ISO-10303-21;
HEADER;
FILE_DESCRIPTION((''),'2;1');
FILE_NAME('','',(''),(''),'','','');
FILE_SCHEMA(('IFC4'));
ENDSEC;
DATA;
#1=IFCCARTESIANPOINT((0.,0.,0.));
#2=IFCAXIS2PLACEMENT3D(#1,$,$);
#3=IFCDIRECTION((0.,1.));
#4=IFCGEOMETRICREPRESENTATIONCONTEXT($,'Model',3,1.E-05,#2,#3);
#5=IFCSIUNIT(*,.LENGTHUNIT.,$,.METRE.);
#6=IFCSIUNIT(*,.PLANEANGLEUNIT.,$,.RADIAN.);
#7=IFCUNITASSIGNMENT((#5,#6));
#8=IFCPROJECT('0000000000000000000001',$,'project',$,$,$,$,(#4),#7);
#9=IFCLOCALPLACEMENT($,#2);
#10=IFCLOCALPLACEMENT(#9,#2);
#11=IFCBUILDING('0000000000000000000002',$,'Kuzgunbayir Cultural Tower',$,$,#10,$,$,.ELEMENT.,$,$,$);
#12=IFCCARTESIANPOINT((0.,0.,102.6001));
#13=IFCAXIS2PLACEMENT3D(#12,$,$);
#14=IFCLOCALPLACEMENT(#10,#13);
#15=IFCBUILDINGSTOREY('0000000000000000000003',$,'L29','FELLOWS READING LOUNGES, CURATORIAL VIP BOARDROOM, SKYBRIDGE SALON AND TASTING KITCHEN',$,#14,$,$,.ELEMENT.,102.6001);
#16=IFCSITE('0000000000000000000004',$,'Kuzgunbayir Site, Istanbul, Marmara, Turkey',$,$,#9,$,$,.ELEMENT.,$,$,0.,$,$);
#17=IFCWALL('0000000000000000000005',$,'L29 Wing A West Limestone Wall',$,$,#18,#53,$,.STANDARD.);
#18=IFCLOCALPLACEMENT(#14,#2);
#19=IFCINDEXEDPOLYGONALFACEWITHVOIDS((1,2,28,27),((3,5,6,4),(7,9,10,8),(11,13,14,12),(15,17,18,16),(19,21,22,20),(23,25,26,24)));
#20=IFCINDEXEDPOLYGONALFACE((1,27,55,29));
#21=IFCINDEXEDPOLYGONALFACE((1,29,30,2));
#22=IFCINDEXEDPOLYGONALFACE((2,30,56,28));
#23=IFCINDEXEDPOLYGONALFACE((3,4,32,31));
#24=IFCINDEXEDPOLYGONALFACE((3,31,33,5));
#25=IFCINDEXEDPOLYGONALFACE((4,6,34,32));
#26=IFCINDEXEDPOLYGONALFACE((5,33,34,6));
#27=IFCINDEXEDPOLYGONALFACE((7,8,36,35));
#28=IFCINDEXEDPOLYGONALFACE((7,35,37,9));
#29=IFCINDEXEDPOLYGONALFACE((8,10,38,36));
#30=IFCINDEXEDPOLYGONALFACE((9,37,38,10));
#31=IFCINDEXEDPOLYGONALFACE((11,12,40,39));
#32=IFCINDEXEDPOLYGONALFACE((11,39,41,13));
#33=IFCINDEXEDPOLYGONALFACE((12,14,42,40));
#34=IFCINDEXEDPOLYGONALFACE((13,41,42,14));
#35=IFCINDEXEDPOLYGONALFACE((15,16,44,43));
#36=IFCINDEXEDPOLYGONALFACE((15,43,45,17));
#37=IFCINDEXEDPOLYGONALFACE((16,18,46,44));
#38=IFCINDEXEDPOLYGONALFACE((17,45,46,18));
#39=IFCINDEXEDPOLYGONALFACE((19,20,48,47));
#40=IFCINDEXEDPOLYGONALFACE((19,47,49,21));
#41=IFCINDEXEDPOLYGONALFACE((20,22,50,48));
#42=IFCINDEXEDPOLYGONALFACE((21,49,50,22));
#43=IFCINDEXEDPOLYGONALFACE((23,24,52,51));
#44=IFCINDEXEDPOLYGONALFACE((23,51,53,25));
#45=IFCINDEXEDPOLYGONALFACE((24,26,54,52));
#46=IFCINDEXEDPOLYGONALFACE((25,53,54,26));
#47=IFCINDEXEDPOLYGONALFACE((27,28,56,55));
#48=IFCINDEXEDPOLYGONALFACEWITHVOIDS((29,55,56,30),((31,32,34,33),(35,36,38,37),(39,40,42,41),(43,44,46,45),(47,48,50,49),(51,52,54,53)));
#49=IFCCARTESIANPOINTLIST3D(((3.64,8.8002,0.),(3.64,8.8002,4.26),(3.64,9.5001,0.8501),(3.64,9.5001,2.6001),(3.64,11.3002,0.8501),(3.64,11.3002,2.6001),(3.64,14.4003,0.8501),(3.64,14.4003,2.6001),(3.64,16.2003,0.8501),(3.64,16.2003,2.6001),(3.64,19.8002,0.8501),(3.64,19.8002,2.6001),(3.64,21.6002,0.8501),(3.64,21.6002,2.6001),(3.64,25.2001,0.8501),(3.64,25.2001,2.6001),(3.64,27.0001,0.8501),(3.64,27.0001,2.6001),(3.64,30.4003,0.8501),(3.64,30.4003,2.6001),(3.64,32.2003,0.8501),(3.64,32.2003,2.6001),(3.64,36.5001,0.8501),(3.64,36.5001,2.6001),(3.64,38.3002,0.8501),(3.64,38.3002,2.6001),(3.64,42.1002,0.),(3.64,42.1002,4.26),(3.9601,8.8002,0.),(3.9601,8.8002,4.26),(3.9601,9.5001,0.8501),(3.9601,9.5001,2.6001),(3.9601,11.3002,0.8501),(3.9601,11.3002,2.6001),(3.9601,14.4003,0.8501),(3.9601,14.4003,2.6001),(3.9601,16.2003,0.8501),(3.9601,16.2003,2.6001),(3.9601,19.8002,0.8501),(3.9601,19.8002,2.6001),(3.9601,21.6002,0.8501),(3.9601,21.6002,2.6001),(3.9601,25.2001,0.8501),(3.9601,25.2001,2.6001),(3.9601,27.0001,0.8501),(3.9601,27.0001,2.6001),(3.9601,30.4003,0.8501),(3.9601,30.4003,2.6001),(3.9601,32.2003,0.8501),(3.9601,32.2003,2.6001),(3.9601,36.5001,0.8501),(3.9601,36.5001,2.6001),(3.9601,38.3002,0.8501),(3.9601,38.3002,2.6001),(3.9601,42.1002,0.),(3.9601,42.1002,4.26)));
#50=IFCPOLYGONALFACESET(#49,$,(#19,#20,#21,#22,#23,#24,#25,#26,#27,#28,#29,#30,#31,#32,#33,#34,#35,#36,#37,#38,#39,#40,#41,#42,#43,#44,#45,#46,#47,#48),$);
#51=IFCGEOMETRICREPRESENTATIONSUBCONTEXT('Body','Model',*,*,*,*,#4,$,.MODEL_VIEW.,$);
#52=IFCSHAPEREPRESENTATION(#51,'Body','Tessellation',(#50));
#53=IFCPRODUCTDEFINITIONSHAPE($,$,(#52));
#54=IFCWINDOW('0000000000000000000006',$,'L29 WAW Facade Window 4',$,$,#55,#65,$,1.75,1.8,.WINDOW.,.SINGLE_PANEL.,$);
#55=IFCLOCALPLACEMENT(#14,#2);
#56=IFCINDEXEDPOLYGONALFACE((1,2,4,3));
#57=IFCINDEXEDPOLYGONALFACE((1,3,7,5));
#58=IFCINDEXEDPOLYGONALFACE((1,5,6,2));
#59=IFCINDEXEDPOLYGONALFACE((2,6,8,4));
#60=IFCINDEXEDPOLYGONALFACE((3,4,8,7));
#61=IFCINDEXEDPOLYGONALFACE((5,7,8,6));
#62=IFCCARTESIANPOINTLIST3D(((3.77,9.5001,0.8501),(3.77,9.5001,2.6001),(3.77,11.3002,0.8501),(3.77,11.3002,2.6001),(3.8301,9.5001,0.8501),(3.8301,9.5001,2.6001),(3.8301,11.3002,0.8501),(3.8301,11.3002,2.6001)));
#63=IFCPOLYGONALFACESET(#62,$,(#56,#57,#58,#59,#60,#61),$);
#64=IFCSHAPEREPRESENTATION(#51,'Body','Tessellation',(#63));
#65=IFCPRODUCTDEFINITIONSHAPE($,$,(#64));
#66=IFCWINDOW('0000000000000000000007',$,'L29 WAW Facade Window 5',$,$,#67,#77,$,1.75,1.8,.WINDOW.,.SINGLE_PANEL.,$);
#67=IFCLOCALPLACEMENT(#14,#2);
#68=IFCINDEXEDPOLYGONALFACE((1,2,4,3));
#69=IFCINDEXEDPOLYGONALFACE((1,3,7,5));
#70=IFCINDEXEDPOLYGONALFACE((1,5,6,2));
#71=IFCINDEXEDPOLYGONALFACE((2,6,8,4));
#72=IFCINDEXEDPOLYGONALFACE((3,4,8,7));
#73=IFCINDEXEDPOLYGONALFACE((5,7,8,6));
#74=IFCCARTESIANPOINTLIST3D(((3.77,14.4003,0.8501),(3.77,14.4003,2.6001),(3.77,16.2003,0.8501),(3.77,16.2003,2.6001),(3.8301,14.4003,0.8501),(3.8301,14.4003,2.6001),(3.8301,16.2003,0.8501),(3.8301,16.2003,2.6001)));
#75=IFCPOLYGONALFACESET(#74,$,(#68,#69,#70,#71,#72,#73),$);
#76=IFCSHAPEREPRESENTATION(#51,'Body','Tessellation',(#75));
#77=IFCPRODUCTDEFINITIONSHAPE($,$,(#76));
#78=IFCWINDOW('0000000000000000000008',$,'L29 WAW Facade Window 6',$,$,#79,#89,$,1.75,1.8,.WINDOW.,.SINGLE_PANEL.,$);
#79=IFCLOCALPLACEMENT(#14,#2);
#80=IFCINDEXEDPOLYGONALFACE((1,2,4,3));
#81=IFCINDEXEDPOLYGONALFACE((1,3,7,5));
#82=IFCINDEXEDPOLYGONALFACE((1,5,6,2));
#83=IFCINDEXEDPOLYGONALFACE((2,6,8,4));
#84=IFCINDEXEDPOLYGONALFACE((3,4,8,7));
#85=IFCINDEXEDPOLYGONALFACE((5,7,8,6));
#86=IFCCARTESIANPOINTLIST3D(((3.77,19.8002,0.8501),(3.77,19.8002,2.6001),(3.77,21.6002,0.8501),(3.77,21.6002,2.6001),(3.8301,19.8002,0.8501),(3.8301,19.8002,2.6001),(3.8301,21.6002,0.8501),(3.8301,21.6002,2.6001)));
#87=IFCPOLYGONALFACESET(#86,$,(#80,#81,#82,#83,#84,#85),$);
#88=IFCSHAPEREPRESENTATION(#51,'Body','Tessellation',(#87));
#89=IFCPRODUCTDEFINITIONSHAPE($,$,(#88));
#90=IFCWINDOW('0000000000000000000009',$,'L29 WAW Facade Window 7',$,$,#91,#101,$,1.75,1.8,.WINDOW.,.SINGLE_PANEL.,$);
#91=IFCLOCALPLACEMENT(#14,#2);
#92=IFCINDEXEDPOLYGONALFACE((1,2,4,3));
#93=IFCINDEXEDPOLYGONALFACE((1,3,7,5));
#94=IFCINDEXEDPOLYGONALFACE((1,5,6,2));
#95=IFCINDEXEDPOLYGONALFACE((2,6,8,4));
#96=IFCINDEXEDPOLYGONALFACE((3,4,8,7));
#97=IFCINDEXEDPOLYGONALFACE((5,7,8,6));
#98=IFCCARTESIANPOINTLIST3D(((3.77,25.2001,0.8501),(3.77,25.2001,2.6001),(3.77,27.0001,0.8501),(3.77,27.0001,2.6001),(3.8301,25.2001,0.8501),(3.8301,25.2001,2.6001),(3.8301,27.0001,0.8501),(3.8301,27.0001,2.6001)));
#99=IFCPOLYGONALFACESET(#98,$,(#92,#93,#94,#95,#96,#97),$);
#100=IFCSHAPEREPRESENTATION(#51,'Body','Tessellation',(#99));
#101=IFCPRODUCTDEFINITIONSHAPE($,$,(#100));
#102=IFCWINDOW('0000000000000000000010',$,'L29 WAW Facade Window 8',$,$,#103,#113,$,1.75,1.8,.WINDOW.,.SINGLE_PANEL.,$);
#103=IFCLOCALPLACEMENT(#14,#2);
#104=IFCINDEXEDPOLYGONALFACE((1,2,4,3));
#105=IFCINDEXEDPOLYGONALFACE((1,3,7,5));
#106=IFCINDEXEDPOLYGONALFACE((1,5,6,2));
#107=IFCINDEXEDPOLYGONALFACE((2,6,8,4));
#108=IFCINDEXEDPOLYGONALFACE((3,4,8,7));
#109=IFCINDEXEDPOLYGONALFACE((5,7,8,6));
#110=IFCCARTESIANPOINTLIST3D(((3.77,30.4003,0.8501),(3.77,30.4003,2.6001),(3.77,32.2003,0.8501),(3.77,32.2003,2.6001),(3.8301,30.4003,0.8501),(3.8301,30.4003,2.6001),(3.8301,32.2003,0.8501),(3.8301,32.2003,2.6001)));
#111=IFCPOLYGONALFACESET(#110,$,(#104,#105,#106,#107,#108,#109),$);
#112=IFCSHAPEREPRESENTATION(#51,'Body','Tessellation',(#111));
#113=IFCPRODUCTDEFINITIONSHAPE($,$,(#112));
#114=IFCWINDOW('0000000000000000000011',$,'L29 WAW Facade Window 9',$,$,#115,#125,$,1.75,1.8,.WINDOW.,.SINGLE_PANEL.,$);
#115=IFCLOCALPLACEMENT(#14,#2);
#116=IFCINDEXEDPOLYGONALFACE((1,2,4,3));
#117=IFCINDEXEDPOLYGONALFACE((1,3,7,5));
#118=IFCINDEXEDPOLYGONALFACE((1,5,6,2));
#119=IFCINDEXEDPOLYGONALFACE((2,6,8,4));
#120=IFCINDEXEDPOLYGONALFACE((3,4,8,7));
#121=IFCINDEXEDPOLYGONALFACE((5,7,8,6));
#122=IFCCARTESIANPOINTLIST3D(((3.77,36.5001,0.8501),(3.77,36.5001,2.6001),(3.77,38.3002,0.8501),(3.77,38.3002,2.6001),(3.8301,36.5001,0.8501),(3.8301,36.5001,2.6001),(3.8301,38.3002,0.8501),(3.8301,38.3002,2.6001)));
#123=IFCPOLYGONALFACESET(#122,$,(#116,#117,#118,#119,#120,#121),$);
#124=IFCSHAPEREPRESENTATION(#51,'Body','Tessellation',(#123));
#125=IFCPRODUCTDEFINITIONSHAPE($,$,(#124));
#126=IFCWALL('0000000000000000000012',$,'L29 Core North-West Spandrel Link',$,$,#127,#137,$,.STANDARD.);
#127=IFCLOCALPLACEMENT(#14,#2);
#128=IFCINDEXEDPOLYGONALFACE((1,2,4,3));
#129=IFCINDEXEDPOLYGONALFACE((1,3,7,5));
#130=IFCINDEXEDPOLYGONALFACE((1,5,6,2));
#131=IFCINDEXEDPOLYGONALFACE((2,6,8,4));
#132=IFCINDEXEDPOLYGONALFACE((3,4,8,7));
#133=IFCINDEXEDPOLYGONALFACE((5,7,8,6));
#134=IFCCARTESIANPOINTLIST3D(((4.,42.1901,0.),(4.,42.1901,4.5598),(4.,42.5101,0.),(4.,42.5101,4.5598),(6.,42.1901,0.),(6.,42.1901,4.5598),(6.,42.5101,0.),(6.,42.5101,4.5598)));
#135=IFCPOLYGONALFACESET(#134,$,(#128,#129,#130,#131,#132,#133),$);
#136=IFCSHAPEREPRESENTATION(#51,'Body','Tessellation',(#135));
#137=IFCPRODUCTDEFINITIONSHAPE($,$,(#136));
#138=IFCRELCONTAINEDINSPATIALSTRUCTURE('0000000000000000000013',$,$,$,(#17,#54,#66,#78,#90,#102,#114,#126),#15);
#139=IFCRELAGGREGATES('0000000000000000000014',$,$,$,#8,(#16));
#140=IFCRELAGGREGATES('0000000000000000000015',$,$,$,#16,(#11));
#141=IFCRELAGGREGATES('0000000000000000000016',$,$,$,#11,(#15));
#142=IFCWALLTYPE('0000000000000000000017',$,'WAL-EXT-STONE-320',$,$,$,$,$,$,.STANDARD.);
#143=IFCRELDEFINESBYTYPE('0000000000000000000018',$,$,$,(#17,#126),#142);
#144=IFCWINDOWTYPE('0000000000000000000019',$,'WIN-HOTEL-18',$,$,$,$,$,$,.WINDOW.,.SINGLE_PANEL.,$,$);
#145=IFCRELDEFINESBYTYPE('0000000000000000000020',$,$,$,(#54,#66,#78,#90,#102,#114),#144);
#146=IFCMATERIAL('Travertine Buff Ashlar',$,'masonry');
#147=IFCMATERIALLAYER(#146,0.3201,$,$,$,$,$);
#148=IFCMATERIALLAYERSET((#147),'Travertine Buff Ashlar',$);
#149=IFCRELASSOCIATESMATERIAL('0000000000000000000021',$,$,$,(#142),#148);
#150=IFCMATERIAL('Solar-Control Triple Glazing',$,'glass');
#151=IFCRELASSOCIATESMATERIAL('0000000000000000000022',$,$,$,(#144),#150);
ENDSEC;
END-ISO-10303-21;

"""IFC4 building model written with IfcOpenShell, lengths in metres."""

from ifc_helpers import new_model, si_unit, direction, frame, frame_2d, origin, place, context, subcontext, project, spatial, rectangle, extrude, material, layer, layer_set, type_object, element, fill, save


model = new_model("IFC4")

# Units and contexts
model_context = context("Model", 3, precision=1e-05, world=origin(), true_north=direction((0.0, 1.0)))
body_context = subcontext(model_context, "Body", "Model", "MODEL_VIEW")
ifc_project = project(units=[si_unit("LENGTHUNIT", "METRE"), si_unit("PLANEANGLEUNIT", "RADIAN")], contexts=[model_context])

# Site, building, storey
site_placement = place(None, origin())
site = spatial("IfcSite", under=ifc_project, at=site_placement, Name="Kuzgunbayir Site, Istanbul, Marmara, Turkey", CompositionType="ELEMENT", RefElevation=0.0)
building_placement = place(site_placement, origin())
building = spatial("IfcBuilding", under=site, at=building_placement, Name="Kuzgunbayir Cultural Tower", CompositionType="ELEMENT")
storey_placement = place(building_placement, frame((0.0, 0.0, 102.6001)))
storey = spatial("IfcBuildingStorey", under=building, at=storey_placement, Name="L29", Description="FELLOWS READING LOUNGES, CURATORIAL VIP BOARDROOM, SKYBRIDGE SALON AND TASTING KITCHEN", CompositionType="ELEMENT", Elevation=102.6001)

# Wall, openings, windows
ifc_material_1 = material(Name="Travertine Buff Ashlar", Category="masonry")
ifc_layer_1 = layer(ifc_material_1, 0.3201)
ifc_layer_set_1 = layer_set([ifc_layer_1], Name="Travertine Buff Ashlar")
wall_type_1 = type_object("IfcWallType", Name="WAL-EXT-STONE-320", PredefinedType="STANDARD", material=ifc_layer_set_1)
wall_1_placement = place(storey_placement, frame((3.8, 42.1001, 0.0), z_axis=(0.0, 0.0, 1.0), x_axis=(0.0, -1.0, 0.0)))
wall_1 = element("IfcWall", 1, at=wall_1_placement, inside=storey, type_object=wall_type_1, Name="L29 Wing A West Limestone Wall", PredefinedType="STANDARD", context=body_context, shape_type="SweptSolid", body=[
    extrude(rectangle(XDim=33.3, YDim=0.3201, at=frame_2d((16.6499, 0.0))), origin(), (0.0, 0.0, 1.0), 4.26),
])
opening_1_placement = place(wall_1_placement, frame((30.8, 0.0, 0.8501)))
opening_1 = element("IfcOpeningElement", 2, at=opening_1_placement, cuts=wall_1, PredefinedType="OPENING", context=body_context, shape_type="SweptSolid", body=[
    extrude(rectangle(XDim=1.8, YDim=1.75, at=frame_2d((0.8999, 0.875))), frame((0.0, 0.1699, 0.0), z_axis=(0.0, -1.0, 0.0), x_axis=(1.0, 0.0, 0.0)), (0.0, 0.0, 1.0), 0.3401),
])
opening_2_placement = place(wall_1_placement, frame((25.8999, 0.0, 0.8501)))
opening_2 = element("IfcOpeningElement", 3, at=opening_2_placement, cuts=wall_1, PredefinedType="OPENING", context=body_context, shape_type="SweptSolid", body=[
    extrude(rectangle(XDim=1.8, YDim=1.75, at=frame_2d((0.8999, 0.875))), frame((0.0, 0.1699, 0.0), z_axis=(0.0, -1.0, 0.0), x_axis=(1.0, 0.0, 0.0)), (0.0, 0.0, 1.0), 0.3401),
])
opening_3_placement = place(wall_1_placement, frame((20.5, 0.0, 0.8501)))
opening_3 = element("IfcOpeningElement", 4, at=opening_3_placement, cuts=wall_1, PredefinedType="OPENING", context=body_context, shape_type="SweptSolid", body=[
    extrude(rectangle(XDim=1.8, YDim=1.75, at=frame_2d((0.8999, 0.875))), frame((0.0, 0.1699, 0.0), z_axis=(0.0, -1.0, 0.0), x_axis=(1.0, 0.0, 0.0)), (0.0, 0.0, 1.0), 0.3401),
])
opening_4_placement = place(wall_1_placement, frame((15.1001, 0.0, 0.8501)))
opening_4 = element("IfcOpeningElement", 5, at=opening_4_placement, cuts=wall_1, PredefinedType="OPENING", context=body_context, shape_type="SweptSolid", body=[
    extrude(rectangle(XDim=1.8, YDim=1.75, at=frame_2d((0.8999, 0.875))), frame((0.0, 0.1699, 0.0), z_axis=(0.0, -1.0, 0.0), x_axis=(1.0, 0.0, 0.0)), (0.0, 0.0, 1.0), 0.3401),
])
opening_5_placement = place(wall_1_placement, frame((9.8999, 0.0, 0.8501)))
opening_5 = element("IfcOpeningElement", 6, at=opening_5_placement, cuts=wall_1, PredefinedType="OPENING", context=body_context, shape_type="SweptSolid", body=[
    extrude(rectangle(XDim=1.8, YDim=1.75, at=frame_2d((0.8999, 0.875))), frame((0.0, 0.1699, 0.0), z_axis=(0.0, -1.0, 0.0), x_axis=(1.0, 0.0, 0.0)), (0.0, 0.0, 1.0), 0.3401),
])
opening_6_placement = place(wall_1_placement, frame((3.8, 0.0, 0.8501)))
opening_6 = element("IfcOpeningElement", 7, at=opening_6_placement, cuts=wall_1, PredefinedType="OPENING", context=body_context, shape_type="SweptSolid", body=[
    extrude(rectangle(XDim=1.8, YDim=1.75, at=frame_2d((0.8999, 0.875))), frame((0.0, 0.1699, 0.0), z_axis=(0.0, -1.0, 0.0), x_axis=(1.0, 0.0, 0.0)), (0.0, 0.0, 1.0), 0.3401),
])
ifc_material_2 = material(Name="Solar-Control Triple Glazing", Category="glass")
window_type = type_object("IfcWindowType", Name="WIN-HOTEL-18", PartitioningType="SINGLE_PANEL", PredefinedType="WINDOW", material=ifc_material_2)
window_1_placement = place(opening_1_placement, origin())
window_1 = element("IfcWindow", 8, at=window_1_placement, inside=storey, type_object=window_type, Name="L29 WAW Facade Window 4", OverallHeight=1.75, OverallWidth=1.8, PartitioningType="SINGLE_PANEL", PredefinedType="WINDOW", context=body_context, shape_type="SweptSolid", body=[
    extrude(rectangle(XDim=1.8, YDim=1.75, at=frame_2d((0.8999, 0.875))), frame((0.0, 0.03, 0.0), z_axis=(0.0, -1.0, 0.0), x_axis=(1.0, 0.0, 0.0)), (0.0, 0.0, 1.0), 0.0601),
])
fill(opening_1, window_1)
window_2_placement = place(opening_2_placement, origin())
window_2 = element("IfcWindow", 9, at=window_2_placement, inside=storey, type_object=window_type, Name="L29 WAW Facade Window 5", OverallHeight=1.75, OverallWidth=1.8, PartitioningType="SINGLE_PANEL", PredefinedType="WINDOW", context=body_context, shape_type="SweptSolid", body=[
    extrude(rectangle(XDim=1.8, YDim=1.75, at=frame_2d((0.8999, 0.875))), frame((0.0, 0.03, 0.0), z_axis=(0.0, -1.0, 0.0), x_axis=(1.0, 0.0, 0.0)), (0.0, 0.0, 1.0), 0.0601),
])
fill(opening_2, window_2)
window_3_placement = place(opening_3_placement, origin())
window_3 = element("IfcWindow", 10, at=window_3_placement, inside=storey, type_object=window_type, Name="L29 WAW Facade Window 6", OverallHeight=1.75, OverallWidth=1.8, PartitioningType="SINGLE_PANEL", PredefinedType="WINDOW", context=body_context, shape_type="SweptSolid", body=[
    extrude(rectangle(XDim=1.8, YDim=1.75, at=frame_2d((0.8999, 0.875))), frame((0.0, 0.03, 0.0), z_axis=(0.0, -1.0, 0.0), x_axis=(1.0, 0.0, 0.0)), (0.0, 0.0, 1.0), 0.0601),
])
fill(opening_3, window_3)
window_4_placement = place(opening_4_placement, origin())
window_4 = element("IfcWindow", 11, at=window_4_placement, inside=storey, type_object=window_type, Name="L29 WAW Facade Window 7", OverallHeight=1.75, OverallWidth=1.8, PartitioningType="SINGLE_PANEL", PredefinedType="WINDOW", context=body_context, shape_type="SweptSolid", body=[
    extrude(rectangle(XDim=1.8, YDim=1.75, at=frame_2d((0.8999, 0.875))), frame((0.0, 0.03, 0.0), z_axis=(0.0, -1.0, 0.0), x_axis=(1.0, 0.0, 0.0)), (0.0, 0.0, 1.0), 0.0601),
])
fill(opening_4, window_4)
window_5_placement = place(opening_5_placement, origin())
window_5 = element("IfcWindow", 12, at=window_5_placement, inside=storey, type_object=window_type, Name="L29 WAW Facade Window 8", OverallHeight=1.75, OverallWidth=1.8, PartitioningType="SINGLE_PANEL", PredefinedType="WINDOW", context=body_context, shape_type="SweptSolid", body=[
    extrude(rectangle(XDim=1.8, YDim=1.75, at=frame_2d((0.8999, 0.875))), frame((0.0, 0.03, 0.0), z_axis=(0.0, -1.0, 0.0), x_axis=(1.0, 0.0, 0.0)), (0.0, 0.0, 1.0), 0.0601),
])
fill(opening_5, window_5)
window_6_placement = place(opening_6_placement, origin())
window_6 = element("IfcWindow", 13, at=window_6_placement, inside=storey, type_object=window_type, Name="L29 WAW Facade Window 9", OverallHeight=1.75, OverallWidth=1.8, PartitioningType="SINGLE_PANEL", PredefinedType="WINDOW", context=body_context, shape_type="SweptSolid", body=[
    extrude(rectangle(XDim=1.8, YDim=1.75, at=frame_2d((0.8999, 0.875))), frame((0.0, 0.03, 0.0), z_axis=(0.0, -1.0, 0.0), x_axis=(1.0, 0.0, 0.0)), (0.0, 0.0, 1.0), 0.0601),
])
fill(opening_6, window_6)

# Wall
wall_2_placement = place(storey_placement, frame((6.0, 42.3501, 0.0), z_axis=(0.0, 0.0, 1.0), x_axis=(-1.0, 0.0, 0.0)))
element("IfcWall", 14, at=wall_2_placement, inside=storey, type_object=wall_type_1, Name="L29 Core North-West Spandrel Link", PredefinedType="STANDARD", context=body_context, shape_type="SweptSolid", body=[
    extrude(rectangle(XDim=2.0, YDim=0.3201, at=frame_2d((1.0, 0.0))), origin(), (0.0, 0.0, 1.0), 4.5598),
])

save(model, "model.ifc")
